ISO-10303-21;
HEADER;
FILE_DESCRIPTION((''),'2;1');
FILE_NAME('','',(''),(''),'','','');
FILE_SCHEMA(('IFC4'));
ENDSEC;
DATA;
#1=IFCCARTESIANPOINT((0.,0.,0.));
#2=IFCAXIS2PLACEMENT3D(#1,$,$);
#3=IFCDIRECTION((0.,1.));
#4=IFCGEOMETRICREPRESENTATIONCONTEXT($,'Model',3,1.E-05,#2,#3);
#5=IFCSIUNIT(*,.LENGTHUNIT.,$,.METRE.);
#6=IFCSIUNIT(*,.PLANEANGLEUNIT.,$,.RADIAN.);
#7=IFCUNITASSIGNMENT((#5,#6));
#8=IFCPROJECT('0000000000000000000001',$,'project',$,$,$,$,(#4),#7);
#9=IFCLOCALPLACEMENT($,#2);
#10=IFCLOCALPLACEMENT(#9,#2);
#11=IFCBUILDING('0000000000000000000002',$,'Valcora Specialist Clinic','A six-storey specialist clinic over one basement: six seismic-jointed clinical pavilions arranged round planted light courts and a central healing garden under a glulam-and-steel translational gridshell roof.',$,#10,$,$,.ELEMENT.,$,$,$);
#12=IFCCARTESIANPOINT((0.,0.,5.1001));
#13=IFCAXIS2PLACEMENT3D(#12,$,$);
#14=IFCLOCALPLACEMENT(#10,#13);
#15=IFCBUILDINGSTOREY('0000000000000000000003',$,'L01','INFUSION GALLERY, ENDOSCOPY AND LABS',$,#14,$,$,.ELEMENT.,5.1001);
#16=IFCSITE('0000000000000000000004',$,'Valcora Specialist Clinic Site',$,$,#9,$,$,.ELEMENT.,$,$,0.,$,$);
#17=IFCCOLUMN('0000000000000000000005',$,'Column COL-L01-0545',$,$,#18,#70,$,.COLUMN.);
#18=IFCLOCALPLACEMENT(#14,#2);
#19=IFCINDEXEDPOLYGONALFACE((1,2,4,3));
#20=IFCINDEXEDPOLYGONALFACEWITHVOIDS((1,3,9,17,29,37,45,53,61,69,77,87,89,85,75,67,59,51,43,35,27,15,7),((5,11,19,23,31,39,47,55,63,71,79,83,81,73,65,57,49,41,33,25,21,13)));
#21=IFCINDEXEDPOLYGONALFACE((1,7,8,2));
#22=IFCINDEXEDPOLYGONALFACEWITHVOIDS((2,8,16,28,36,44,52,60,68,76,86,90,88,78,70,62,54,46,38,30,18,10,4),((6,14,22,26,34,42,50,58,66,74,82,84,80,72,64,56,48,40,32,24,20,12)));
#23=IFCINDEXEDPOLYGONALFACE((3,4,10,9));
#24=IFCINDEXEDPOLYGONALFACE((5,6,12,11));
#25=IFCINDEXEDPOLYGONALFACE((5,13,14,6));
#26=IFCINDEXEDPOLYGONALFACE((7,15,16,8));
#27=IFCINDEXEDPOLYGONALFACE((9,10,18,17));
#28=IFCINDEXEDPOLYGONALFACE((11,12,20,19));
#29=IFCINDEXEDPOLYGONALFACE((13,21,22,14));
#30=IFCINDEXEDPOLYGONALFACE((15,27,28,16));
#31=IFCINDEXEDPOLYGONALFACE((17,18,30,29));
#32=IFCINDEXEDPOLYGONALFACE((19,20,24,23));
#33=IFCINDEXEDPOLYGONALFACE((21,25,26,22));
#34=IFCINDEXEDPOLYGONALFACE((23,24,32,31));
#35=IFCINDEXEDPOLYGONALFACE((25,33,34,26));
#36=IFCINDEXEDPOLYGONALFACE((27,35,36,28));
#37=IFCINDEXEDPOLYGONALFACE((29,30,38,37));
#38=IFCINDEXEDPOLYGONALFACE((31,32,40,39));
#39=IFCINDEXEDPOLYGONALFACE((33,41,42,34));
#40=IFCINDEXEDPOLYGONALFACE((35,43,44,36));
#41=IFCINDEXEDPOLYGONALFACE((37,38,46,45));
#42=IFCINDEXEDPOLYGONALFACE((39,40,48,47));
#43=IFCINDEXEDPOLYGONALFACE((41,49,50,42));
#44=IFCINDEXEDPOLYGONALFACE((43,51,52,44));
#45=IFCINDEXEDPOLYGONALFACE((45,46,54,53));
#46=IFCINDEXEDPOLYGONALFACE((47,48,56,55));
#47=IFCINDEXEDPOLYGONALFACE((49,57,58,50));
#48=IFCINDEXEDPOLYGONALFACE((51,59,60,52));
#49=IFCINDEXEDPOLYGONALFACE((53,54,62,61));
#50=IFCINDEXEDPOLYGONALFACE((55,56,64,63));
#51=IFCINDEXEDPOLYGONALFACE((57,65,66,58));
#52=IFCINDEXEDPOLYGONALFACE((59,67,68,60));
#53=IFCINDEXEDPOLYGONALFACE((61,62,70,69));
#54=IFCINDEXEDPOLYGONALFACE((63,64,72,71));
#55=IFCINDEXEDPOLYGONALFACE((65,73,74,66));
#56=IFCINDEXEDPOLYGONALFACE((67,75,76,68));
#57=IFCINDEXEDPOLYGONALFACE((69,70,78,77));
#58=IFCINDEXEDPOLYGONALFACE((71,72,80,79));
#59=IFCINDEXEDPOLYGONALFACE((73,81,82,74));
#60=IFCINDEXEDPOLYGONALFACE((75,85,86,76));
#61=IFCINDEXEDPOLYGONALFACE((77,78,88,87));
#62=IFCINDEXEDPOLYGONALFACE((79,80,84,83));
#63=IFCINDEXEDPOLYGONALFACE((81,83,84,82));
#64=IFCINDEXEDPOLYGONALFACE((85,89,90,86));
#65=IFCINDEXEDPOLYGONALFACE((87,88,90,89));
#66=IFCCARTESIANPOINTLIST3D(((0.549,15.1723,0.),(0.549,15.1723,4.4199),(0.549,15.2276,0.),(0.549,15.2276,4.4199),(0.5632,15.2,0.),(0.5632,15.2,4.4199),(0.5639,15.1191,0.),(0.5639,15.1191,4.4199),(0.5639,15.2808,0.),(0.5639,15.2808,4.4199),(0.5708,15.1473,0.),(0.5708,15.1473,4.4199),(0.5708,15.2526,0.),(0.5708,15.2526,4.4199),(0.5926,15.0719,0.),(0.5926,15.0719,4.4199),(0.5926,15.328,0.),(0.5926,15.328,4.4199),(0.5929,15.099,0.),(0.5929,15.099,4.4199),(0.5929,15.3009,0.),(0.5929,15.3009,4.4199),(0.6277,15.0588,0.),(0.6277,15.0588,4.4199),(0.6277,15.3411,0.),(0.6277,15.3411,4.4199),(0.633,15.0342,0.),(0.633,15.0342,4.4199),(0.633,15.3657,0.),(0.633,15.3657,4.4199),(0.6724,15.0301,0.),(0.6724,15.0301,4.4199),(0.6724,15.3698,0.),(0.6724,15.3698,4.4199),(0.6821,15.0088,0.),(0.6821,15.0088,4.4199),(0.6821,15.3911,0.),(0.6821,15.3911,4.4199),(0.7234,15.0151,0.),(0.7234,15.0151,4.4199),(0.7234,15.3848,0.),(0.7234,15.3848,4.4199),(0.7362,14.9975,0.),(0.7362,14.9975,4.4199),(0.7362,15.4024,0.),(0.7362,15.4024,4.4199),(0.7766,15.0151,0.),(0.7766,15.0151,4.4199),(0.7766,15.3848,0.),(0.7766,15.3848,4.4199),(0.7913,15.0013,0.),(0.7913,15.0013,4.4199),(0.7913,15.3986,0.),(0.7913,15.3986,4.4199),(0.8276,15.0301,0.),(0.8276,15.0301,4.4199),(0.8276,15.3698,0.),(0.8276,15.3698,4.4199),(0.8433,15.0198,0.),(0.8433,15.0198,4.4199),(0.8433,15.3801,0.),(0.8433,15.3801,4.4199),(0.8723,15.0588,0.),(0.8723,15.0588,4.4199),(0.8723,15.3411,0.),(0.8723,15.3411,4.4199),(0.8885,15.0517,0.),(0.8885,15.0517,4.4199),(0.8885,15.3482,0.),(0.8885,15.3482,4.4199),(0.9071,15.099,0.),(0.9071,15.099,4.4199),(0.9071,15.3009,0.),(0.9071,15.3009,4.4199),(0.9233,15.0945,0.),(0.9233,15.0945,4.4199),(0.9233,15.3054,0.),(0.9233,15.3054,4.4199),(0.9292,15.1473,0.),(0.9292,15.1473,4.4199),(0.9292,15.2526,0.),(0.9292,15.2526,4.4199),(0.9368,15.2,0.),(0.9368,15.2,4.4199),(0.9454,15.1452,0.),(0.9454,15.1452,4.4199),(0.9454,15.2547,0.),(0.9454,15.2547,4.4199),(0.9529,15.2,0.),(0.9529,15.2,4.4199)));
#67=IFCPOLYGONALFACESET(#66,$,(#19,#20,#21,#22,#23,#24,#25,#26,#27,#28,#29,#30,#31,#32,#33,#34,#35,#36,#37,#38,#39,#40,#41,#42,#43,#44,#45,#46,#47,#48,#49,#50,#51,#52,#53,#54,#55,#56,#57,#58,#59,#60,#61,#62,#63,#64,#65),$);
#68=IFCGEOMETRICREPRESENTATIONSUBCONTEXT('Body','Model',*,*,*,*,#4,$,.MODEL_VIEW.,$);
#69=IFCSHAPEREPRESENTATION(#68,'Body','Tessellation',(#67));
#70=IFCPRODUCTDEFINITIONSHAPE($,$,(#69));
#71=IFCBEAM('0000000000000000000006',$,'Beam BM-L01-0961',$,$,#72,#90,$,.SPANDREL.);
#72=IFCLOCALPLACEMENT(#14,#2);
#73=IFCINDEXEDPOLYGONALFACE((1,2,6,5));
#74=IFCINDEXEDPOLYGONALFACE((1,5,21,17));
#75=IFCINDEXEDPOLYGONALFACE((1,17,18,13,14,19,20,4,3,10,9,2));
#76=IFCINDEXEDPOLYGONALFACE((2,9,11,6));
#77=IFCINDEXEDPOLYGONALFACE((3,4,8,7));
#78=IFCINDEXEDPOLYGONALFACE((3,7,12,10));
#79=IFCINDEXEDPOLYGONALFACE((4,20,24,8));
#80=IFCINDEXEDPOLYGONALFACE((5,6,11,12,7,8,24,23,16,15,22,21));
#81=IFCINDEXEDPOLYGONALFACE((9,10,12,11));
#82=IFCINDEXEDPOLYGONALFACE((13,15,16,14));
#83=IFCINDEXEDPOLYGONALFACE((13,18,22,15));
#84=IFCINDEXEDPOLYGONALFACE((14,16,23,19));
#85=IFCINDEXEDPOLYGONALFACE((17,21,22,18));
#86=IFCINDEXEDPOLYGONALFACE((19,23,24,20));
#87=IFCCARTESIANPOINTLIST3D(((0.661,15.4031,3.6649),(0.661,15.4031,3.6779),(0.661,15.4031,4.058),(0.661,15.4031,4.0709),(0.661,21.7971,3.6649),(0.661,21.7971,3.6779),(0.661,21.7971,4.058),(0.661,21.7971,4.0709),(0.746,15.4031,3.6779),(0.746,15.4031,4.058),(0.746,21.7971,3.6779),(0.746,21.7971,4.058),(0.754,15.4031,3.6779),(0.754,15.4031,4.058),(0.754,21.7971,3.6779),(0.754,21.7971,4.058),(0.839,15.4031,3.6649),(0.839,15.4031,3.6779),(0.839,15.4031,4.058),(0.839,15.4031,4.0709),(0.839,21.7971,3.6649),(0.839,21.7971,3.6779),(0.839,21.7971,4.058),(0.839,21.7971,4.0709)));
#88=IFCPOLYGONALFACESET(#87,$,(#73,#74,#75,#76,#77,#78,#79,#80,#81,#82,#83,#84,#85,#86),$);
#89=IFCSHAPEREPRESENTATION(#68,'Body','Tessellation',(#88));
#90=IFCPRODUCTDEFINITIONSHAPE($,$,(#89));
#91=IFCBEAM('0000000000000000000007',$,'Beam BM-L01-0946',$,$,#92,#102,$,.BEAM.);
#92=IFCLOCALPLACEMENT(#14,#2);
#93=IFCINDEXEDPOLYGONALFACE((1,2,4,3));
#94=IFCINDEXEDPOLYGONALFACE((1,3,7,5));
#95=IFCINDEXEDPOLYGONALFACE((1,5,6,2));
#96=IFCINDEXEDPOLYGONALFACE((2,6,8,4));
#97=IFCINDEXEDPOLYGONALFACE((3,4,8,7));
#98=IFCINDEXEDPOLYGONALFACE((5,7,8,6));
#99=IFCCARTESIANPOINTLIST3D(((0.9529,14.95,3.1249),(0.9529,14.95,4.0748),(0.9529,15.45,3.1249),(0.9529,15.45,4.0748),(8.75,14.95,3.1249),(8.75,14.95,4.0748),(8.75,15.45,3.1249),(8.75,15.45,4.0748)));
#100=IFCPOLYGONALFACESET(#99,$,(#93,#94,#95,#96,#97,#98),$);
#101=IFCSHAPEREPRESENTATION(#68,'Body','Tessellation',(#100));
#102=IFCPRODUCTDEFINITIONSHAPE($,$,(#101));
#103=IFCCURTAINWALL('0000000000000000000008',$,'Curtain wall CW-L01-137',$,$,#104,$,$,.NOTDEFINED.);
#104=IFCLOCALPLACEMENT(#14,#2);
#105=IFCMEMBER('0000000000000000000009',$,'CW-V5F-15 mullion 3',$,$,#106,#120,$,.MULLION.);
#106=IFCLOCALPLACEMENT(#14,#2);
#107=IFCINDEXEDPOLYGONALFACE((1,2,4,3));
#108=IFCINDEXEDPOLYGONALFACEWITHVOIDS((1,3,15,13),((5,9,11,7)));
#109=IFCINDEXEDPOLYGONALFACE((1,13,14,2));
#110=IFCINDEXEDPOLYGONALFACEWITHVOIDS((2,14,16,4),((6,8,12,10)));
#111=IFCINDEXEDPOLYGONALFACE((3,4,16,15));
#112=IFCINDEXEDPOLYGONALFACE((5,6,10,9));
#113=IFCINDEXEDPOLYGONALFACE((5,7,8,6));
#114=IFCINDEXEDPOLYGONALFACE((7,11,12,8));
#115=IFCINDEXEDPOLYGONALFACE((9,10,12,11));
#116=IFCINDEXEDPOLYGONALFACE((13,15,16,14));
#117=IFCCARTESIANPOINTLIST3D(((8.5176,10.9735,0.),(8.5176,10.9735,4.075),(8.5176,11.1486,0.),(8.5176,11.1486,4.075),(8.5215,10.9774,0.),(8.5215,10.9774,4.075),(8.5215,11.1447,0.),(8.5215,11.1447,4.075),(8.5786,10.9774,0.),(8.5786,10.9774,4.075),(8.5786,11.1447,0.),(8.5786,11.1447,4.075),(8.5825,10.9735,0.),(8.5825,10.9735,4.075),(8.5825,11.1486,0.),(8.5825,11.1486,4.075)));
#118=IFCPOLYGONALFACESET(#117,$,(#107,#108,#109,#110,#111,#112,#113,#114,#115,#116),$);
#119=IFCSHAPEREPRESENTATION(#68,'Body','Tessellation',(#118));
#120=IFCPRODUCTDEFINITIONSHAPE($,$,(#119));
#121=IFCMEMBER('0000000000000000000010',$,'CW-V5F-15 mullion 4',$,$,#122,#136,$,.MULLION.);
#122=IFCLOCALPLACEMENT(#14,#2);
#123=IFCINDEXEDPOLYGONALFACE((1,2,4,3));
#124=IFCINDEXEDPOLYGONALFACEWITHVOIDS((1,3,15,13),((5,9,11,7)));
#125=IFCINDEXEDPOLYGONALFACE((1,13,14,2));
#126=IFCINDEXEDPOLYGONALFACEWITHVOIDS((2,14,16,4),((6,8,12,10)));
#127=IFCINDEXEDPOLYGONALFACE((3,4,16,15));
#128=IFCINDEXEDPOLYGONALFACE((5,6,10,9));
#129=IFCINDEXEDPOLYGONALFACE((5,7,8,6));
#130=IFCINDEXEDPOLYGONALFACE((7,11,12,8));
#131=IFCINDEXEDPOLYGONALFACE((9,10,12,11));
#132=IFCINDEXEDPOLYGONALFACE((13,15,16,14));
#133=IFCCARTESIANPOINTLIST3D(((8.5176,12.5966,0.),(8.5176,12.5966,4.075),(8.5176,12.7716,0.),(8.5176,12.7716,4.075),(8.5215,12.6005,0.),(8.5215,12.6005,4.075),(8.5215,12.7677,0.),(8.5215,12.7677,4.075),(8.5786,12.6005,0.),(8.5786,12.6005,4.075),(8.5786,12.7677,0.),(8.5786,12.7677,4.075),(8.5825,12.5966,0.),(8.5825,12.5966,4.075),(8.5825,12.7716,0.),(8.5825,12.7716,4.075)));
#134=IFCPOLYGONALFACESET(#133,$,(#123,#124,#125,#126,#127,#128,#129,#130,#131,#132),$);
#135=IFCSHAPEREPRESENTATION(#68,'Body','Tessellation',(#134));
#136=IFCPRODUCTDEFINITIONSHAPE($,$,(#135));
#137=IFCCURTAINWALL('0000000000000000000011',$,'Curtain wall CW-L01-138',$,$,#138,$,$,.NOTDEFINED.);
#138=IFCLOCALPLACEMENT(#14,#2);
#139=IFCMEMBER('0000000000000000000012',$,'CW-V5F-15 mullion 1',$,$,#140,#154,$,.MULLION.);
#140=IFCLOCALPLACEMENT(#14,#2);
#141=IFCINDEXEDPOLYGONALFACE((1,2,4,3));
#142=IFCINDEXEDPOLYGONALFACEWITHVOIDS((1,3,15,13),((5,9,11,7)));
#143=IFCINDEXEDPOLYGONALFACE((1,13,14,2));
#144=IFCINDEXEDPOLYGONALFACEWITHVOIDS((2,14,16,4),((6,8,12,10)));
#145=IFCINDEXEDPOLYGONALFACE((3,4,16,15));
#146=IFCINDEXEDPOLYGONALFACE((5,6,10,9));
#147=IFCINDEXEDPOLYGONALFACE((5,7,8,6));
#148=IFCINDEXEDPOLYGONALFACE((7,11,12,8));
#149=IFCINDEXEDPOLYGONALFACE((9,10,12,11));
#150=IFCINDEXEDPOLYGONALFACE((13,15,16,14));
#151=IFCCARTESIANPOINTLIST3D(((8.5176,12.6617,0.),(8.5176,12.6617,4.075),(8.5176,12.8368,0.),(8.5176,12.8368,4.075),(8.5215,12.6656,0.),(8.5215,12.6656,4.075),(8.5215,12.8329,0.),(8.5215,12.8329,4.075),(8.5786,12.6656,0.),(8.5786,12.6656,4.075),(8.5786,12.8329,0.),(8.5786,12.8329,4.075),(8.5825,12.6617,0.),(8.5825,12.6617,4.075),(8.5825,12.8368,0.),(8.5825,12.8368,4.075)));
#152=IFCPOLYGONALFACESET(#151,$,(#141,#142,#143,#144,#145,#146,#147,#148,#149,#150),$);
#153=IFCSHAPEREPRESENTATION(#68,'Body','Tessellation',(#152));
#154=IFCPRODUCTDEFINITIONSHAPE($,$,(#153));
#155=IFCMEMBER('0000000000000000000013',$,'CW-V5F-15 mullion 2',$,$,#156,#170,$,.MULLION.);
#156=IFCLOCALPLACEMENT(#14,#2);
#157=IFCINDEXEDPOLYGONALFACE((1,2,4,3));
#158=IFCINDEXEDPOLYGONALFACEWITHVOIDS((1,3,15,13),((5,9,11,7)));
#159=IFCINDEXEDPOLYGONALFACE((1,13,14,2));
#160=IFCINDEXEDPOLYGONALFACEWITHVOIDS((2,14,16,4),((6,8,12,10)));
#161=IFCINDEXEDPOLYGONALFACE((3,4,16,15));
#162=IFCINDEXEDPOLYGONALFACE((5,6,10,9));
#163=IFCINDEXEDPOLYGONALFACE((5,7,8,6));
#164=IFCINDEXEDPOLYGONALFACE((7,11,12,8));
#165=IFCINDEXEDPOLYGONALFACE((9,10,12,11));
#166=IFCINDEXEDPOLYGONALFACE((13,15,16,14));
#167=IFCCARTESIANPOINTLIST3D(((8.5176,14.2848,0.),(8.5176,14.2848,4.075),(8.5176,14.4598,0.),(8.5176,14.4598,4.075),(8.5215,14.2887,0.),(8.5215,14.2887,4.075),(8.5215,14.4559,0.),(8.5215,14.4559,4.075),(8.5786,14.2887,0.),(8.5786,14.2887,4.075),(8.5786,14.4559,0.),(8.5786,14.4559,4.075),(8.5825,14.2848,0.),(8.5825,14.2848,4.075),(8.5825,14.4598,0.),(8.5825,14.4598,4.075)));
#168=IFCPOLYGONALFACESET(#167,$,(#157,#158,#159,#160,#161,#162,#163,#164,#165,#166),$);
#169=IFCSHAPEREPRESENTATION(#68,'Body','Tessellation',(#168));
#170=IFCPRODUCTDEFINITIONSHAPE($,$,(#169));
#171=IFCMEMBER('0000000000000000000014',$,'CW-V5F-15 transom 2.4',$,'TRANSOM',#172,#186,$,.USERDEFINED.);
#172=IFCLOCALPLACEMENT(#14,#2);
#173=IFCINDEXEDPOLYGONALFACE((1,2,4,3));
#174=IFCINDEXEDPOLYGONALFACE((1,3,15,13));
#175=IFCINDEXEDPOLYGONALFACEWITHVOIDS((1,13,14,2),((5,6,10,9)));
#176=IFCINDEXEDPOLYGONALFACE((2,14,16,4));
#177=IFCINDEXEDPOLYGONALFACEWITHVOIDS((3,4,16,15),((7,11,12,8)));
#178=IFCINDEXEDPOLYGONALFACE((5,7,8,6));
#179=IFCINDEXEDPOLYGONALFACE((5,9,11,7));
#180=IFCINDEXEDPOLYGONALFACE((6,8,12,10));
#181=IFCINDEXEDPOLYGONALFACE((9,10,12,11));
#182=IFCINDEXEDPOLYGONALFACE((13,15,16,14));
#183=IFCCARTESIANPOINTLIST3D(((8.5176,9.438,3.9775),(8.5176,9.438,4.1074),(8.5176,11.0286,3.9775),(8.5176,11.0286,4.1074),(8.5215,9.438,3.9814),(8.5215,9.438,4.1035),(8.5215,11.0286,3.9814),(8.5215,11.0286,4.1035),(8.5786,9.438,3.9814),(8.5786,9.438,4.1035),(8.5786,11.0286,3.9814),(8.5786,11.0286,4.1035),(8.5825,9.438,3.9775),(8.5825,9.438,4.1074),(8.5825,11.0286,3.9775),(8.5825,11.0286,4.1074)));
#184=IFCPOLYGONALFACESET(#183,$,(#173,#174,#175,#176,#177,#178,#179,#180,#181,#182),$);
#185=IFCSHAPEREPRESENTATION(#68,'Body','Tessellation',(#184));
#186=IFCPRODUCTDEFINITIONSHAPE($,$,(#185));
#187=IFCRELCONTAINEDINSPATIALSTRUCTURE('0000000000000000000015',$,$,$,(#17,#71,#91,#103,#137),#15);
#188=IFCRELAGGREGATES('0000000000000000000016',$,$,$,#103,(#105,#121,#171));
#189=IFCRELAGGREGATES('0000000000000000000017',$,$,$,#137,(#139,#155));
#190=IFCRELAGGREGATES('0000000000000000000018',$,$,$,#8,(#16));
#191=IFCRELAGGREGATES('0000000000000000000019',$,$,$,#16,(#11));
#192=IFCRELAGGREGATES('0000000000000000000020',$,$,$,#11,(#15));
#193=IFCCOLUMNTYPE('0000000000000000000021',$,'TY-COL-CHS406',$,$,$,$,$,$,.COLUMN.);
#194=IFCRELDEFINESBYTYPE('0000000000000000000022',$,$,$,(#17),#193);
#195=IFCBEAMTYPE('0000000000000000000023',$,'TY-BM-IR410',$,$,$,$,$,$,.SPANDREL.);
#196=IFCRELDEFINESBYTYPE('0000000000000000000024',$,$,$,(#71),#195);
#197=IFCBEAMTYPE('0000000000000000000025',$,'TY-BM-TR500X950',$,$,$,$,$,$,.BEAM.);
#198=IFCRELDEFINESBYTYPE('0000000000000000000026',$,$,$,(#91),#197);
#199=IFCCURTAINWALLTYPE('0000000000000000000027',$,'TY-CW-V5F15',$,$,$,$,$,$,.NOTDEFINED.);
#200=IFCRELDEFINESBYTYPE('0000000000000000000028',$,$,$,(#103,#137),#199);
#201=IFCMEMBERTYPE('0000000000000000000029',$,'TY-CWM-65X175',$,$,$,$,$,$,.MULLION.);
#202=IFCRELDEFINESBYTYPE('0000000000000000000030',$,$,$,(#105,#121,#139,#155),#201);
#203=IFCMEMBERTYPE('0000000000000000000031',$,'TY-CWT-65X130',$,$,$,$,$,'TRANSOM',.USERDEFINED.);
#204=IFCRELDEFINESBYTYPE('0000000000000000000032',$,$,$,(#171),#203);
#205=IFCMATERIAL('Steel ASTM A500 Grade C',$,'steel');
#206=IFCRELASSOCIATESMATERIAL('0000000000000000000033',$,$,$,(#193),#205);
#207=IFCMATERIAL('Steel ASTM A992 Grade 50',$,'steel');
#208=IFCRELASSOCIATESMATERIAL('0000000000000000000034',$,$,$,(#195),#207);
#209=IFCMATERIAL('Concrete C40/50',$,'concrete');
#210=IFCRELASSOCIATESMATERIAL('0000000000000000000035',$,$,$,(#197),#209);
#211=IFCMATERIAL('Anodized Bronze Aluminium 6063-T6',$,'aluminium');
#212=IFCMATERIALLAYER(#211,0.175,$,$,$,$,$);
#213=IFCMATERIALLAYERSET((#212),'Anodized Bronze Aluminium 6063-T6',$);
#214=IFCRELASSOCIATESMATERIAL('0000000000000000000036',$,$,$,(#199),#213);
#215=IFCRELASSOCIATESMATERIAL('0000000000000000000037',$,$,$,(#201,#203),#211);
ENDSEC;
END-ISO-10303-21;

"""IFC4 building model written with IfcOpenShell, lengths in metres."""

from ifc_helpers import new_model, si_unit, direction, frame, origin, origin_2d, place, context, subcontext, project, spatial, rectangle, hollow_rectangle, hollow_circle, i_section, extrude, material, layer, layer_set, material_profile, profile_set, type_object, element, aggregate, save


model = new_model("IFC4")

# Units and contexts
model_context = context("Model", 3, precision=1e-05, world=origin(), true_north=direction((0.0, 1.0)))
body_context = subcontext(model_context, "Body", "Model", "MODEL_VIEW")
ifc_project = project(units=[si_unit("LENGTHUNIT", "METRE"), si_unit("PLANEANGLEUNIT", "RADIAN")], contexts=[model_context])

# Site, building, storey
site_placement = place(None, origin())
site = spatial("IfcSite", under=ifc_project, at=site_placement, Name="Valcora Specialist Clinic Site", CompositionType="ELEMENT", RefElevation=0.0)
building_placement = place(site_placement, origin())
building = spatial("IfcBuilding", under=site, at=building_placement, Name="Valcora Specialist Clinic", Description="A six-storey specialist clinic over one basement: six seismic-jointed clinical pavilions arranged round planted light courts and a central healing garden under a glulam-and-steel translational gridshell roof.", CompositionType="ELEMENT")
storey_placement = place(building_placement, frame((0.0, 0.0, 5.1001)))
storey = spatial("IfcBuildingStorey", under=building, at=storey_placement, Name="L01", Description="INFUSION GALLERY, ENDOSCOPY AND LABS", CompositionType="ELEMENT", Elevation=5.1001)

# Column
ifc_material_1 = material(Name="Steel ASTM A500 Grade C", Category="steel")
ifc_material_profile_1 = material_profile(ifc_material_1, hollow_circle(Radius=0.2029, WallThickness=0.0161, at=origin_2d()), Name="ST-CHS-406X16")
ifc_profile_set_1 = profile_set([ifc_material_profile_1], Name="Steel ASTM A500 Grade C")
column_type = type_object("IfcColumnType", Name="TY-COL-CHS406", PredefinedType="COLUMN", material=ifc_profile_set_1)
column_placement = place(storey_placement, frame((0.75, 15.2, 0.0), z_axis=(0.0, 0.0, 1.0), x_axis=(1.0, 0.0, 0.0)))
element("IfcColumn", 1, at=column_placement, inside=storey, type_object=column_type, Name="Column COL-L01-0545", PredefinedType="COLUMN", context=body_context, shape_type="SweptSolid", body=[
    extrude(hollow_circle(Radius=0.2029, WallThickness=0.0161, at=origin_2d()), origin(), (0.0, 0.0, 1.0), 4.4199),
])

# Beams
ifc_material_2 = material(Name="Steel ASTM A992 Grade 50", Category="steel")
ifc_material_profile_2 = material_profile(ifc_material_2, i_section(OverallWidth=0.178, OverallDepth=0.406, WebThickness=0.0081, FlangeThickness=0.0129, at=origin_2d()), Name="ST-IR-410X180")
ifc_profile_set_2 = profile_set([ifc_material_profile_2], Name="Steel ASTM A992 Grade 50")
beam_type_1 = type_object("IfcBeamType", Name="TY-BM-IR410", PredefinedType="SPANDREL", material=ifc_profile_set_2)
beam_1_placement = place(storey_placement, frame((0.75, 15.4031, 3.8679), z_axis=(0.0, 1.0, 0.0), x_axis=(-1.0, 0.0, 0.0)))
element("IfcBeam", 2, at=beam_1_placement, inside=storey, type_object=beam_type_1, Name="Beam BM-L01-0961", PredefinedType="SPANDREL", context=body_context, shape_type="SweptSolid", body=[
    extrude(i_section(OverallWidth=0.178, OverallDepth=0.406, WebThickness=0.0081, FlangeThickness=0.0129, at=origin_2d()), origin(), (0.0, 0.0, 1.0), 6.394),
])
ifc_material_3 = material(Name="Concrete C40/50", Category="concrete")
ifc_material_profile_3 = material_profile(ifc_material_3, rectangle(XDim=0.5, YDim=0.95, at=origin_2d()), Name="RC-BM-500X950")
ifc_profile_set_3 = profile_set([ifc_material_profile_3], Name="Concrete C40/50")
beam_type_2 = type_object("IfcBeamType", Name="TY-BM-TR500X950", PredefinedType="BEAM", material=ifc_profile_set_3)
beam_2_placement = place(storey_placement, frame((0.9529, 15.2, 3.5999), z_axis=(1.0, 0.0, 0.0), x_axis=(0.0, 1.0, 0.0)))
element("IfcBeam", 3, at=beam_2_placement, inside=storey, type_object=beam_type_2, Name="Beam BM-L01-0946", PredefinedType="BEAM", context=body_context, shape_type="SweptSolid", body=[
    extrude(rectangle(XDim=0.5, YDim=0.95, at=origin_2d()), origin(), (0.0, 0.0, 1.0), 7.7971),
])

# Curtain walls, members
ifc_material_4 = material(Name="Anodized Bronze Aluminium 6063-T6", Category="aluminium")
ifc_layer_1 = layer(ifc_material_4, 0.175)
ifc_layer_set_1 = layer_set([ifc_layer_1], Name="Anodized Bronze Aluminium 6063-T6")
curtain_wall_type = type_object("IfcCurtainWallType", Name="TY-CW-V5F15", PredefinedType="NOTDEFINED", material=ifc_layer_set_1)
curtain_wall_1_placement = place(storey_placement, origin())
curtain_wall_1 = element("IfcCurtainWall", 4, at=curtain_wall_1_placement, inside=storey, type_object=curtain_wall_type, Name="Curtain wall CW-L01-137", PredefinedType="NOTDEFINED")
ifc_material_profile_4 = material_profile(ifc_material_4, hollow_rectangle(XDim=0.0649, YDim=0.175, WallThickness=0.0039, at=origin_2d()), Name="AL-MUL-65X175")
ifc_profile_set_4 = profile_set([ifc_material_profile_4], Name="Anodized Bronze Aluminium 6063-T6")
member_type_1 = type_object("IfcMemberType", Name="TY-CWM-65X175", PredefinedType="MULLION", material=ifc_profile_set_4)
member_1_placement = place(storey_placement, frame((8.55, 11.061, 0.0), z_axis=(0.0, 0.0, 1.0), x_axis=(-1.0, 0.0, 0.0)))
member_1 = element("IfcMember", 5, at=member_1_placement, type_object=member_type_1, Name="CW-V5F-15 mullion 3", PredefinedType="MULLION", context=body_context, shape_type="SweptSolid", body=[
    extrude(hollow_rectangle(XDim=0.0649, YDim=0.175, WallThickness=0.0039, at=origin_2d()), origin(), (0.0, 0.0, 1.0), 4.075),
])
member_2_placement = place(storey_placement, frame((8.55, 12.6841, 0.0), z_axis=(0.0, 0.0, 1.0), x_axis=(-1.0, 0.0, 0.0)))
member_2 = element("IfcMember", 6, at=member_2_placement, type_object=member_type_1, Name="CW-V5F-15 mullion 4", PredefinedType="MULLION", context=body_context, shape_type="SweptSolid", body=[
    extrude(hollow_rectangle(XDim=0.0649, YDim=0.175, WallThickness=0.0039, at=origin_2d()), origin(), (0.0, 0.0, 1.0), 4.075),
])
curtain_wall_2_placement = place(storey_placement, origin())
curtain_wall_2 = element("IfcCurtainWall", 7, at=curtain_wall_2_placement, inside=storey, type_object=curtain_wall_type, Name="Curtain wall CW-L01-138", PredefinedType="NOTDEFINED")
member_3_placement = place(storey_placement, frame((8.55, 12.7493, 0.0), z_axis=(0.0, 0.0, 1.0), x_axis=(-1.0, 0.0, 0.0)))
member_3 = element("IfcMember", 8, at=member_3_placement, type_object=member_type_1, Name="CW-V5F-15 mullion 1", PredefinedType="MULLION", context=body_context, shape_type="SweptSolid", body=[
    extrude(hollow_rectangle(XDim=0.0649, YDim=0.175, WallThickness=0.0039, at=origin_2d()), origin(), (0.0, 0.0, 1.0), 4.075),
])
member_4_placement = place(storey_placement, frame((8.55, 14.3723, 0.0), z_axis=(0.0, 0.0, 1.0), x_axis=(-1.0, 0.0, 0.0)))
member_4 = element("IfcMember", 9, at=member_4_placement, type_object=member_type_1, Name="CW-V5F-15 mullion 2", PredefinedType="MULLION", context=body_context, shape_type="SweptSolid", body=[
    extrude(hollow_rectangle(XDim=0.0649, YDim=0.175, WallThickness=0.0039, at=origin_2d()), origin(), (0.0, 0.0, 1.0), 4.075),
])

# Member
ifc_material_profile_5 = material_profile(ifc_material_4, hollow_rectangle(XDim=0.0649, YDim=0.1299, WallThickness=0.0039, at=origin_2d()), Name="AL-TRN-65X130")
ifc_profile_set_5 = profile_set([ifc_material_profile_5], Name="Anodized Bronze Aluminium 6063-T6")
member_type_2 = type_object("IfcMemberType", Name="TY-CWT-65X130", ElementType="TRANSOM", PredefinedType="USERDEFINED", material=ifc_profile_set_5)
member_5_placement = place(storey_placement, frame((8.55, 9.438, 4.0425), z_axis=(0.0, 1.0, 0.0), x_axis=(-1.0, 0.0, 0.0)))
member_5 = element("IfcMember", 10, at=member_5_placement, type_object=member_type_2, Name="CW-V5F-15 transom 2.4", ObjectType="TRANSOM", PredefinedType="USERDEFINED", context=body_context, shape_type="SweptSolid", body=[
    extrude(hollow_rectangle(XDim=0.0649, YDim=0.1299, WallThickness=0.0039, at=origin_2d()), origin(), (0.0, 0.0, 1.0), 1.5906),
])

aggregate(curtain_wall_1, [member_1, member_2, member_5])
aggregate(curtain_wall_2, [member_3, member_4])

save(model, "model.ifc")
